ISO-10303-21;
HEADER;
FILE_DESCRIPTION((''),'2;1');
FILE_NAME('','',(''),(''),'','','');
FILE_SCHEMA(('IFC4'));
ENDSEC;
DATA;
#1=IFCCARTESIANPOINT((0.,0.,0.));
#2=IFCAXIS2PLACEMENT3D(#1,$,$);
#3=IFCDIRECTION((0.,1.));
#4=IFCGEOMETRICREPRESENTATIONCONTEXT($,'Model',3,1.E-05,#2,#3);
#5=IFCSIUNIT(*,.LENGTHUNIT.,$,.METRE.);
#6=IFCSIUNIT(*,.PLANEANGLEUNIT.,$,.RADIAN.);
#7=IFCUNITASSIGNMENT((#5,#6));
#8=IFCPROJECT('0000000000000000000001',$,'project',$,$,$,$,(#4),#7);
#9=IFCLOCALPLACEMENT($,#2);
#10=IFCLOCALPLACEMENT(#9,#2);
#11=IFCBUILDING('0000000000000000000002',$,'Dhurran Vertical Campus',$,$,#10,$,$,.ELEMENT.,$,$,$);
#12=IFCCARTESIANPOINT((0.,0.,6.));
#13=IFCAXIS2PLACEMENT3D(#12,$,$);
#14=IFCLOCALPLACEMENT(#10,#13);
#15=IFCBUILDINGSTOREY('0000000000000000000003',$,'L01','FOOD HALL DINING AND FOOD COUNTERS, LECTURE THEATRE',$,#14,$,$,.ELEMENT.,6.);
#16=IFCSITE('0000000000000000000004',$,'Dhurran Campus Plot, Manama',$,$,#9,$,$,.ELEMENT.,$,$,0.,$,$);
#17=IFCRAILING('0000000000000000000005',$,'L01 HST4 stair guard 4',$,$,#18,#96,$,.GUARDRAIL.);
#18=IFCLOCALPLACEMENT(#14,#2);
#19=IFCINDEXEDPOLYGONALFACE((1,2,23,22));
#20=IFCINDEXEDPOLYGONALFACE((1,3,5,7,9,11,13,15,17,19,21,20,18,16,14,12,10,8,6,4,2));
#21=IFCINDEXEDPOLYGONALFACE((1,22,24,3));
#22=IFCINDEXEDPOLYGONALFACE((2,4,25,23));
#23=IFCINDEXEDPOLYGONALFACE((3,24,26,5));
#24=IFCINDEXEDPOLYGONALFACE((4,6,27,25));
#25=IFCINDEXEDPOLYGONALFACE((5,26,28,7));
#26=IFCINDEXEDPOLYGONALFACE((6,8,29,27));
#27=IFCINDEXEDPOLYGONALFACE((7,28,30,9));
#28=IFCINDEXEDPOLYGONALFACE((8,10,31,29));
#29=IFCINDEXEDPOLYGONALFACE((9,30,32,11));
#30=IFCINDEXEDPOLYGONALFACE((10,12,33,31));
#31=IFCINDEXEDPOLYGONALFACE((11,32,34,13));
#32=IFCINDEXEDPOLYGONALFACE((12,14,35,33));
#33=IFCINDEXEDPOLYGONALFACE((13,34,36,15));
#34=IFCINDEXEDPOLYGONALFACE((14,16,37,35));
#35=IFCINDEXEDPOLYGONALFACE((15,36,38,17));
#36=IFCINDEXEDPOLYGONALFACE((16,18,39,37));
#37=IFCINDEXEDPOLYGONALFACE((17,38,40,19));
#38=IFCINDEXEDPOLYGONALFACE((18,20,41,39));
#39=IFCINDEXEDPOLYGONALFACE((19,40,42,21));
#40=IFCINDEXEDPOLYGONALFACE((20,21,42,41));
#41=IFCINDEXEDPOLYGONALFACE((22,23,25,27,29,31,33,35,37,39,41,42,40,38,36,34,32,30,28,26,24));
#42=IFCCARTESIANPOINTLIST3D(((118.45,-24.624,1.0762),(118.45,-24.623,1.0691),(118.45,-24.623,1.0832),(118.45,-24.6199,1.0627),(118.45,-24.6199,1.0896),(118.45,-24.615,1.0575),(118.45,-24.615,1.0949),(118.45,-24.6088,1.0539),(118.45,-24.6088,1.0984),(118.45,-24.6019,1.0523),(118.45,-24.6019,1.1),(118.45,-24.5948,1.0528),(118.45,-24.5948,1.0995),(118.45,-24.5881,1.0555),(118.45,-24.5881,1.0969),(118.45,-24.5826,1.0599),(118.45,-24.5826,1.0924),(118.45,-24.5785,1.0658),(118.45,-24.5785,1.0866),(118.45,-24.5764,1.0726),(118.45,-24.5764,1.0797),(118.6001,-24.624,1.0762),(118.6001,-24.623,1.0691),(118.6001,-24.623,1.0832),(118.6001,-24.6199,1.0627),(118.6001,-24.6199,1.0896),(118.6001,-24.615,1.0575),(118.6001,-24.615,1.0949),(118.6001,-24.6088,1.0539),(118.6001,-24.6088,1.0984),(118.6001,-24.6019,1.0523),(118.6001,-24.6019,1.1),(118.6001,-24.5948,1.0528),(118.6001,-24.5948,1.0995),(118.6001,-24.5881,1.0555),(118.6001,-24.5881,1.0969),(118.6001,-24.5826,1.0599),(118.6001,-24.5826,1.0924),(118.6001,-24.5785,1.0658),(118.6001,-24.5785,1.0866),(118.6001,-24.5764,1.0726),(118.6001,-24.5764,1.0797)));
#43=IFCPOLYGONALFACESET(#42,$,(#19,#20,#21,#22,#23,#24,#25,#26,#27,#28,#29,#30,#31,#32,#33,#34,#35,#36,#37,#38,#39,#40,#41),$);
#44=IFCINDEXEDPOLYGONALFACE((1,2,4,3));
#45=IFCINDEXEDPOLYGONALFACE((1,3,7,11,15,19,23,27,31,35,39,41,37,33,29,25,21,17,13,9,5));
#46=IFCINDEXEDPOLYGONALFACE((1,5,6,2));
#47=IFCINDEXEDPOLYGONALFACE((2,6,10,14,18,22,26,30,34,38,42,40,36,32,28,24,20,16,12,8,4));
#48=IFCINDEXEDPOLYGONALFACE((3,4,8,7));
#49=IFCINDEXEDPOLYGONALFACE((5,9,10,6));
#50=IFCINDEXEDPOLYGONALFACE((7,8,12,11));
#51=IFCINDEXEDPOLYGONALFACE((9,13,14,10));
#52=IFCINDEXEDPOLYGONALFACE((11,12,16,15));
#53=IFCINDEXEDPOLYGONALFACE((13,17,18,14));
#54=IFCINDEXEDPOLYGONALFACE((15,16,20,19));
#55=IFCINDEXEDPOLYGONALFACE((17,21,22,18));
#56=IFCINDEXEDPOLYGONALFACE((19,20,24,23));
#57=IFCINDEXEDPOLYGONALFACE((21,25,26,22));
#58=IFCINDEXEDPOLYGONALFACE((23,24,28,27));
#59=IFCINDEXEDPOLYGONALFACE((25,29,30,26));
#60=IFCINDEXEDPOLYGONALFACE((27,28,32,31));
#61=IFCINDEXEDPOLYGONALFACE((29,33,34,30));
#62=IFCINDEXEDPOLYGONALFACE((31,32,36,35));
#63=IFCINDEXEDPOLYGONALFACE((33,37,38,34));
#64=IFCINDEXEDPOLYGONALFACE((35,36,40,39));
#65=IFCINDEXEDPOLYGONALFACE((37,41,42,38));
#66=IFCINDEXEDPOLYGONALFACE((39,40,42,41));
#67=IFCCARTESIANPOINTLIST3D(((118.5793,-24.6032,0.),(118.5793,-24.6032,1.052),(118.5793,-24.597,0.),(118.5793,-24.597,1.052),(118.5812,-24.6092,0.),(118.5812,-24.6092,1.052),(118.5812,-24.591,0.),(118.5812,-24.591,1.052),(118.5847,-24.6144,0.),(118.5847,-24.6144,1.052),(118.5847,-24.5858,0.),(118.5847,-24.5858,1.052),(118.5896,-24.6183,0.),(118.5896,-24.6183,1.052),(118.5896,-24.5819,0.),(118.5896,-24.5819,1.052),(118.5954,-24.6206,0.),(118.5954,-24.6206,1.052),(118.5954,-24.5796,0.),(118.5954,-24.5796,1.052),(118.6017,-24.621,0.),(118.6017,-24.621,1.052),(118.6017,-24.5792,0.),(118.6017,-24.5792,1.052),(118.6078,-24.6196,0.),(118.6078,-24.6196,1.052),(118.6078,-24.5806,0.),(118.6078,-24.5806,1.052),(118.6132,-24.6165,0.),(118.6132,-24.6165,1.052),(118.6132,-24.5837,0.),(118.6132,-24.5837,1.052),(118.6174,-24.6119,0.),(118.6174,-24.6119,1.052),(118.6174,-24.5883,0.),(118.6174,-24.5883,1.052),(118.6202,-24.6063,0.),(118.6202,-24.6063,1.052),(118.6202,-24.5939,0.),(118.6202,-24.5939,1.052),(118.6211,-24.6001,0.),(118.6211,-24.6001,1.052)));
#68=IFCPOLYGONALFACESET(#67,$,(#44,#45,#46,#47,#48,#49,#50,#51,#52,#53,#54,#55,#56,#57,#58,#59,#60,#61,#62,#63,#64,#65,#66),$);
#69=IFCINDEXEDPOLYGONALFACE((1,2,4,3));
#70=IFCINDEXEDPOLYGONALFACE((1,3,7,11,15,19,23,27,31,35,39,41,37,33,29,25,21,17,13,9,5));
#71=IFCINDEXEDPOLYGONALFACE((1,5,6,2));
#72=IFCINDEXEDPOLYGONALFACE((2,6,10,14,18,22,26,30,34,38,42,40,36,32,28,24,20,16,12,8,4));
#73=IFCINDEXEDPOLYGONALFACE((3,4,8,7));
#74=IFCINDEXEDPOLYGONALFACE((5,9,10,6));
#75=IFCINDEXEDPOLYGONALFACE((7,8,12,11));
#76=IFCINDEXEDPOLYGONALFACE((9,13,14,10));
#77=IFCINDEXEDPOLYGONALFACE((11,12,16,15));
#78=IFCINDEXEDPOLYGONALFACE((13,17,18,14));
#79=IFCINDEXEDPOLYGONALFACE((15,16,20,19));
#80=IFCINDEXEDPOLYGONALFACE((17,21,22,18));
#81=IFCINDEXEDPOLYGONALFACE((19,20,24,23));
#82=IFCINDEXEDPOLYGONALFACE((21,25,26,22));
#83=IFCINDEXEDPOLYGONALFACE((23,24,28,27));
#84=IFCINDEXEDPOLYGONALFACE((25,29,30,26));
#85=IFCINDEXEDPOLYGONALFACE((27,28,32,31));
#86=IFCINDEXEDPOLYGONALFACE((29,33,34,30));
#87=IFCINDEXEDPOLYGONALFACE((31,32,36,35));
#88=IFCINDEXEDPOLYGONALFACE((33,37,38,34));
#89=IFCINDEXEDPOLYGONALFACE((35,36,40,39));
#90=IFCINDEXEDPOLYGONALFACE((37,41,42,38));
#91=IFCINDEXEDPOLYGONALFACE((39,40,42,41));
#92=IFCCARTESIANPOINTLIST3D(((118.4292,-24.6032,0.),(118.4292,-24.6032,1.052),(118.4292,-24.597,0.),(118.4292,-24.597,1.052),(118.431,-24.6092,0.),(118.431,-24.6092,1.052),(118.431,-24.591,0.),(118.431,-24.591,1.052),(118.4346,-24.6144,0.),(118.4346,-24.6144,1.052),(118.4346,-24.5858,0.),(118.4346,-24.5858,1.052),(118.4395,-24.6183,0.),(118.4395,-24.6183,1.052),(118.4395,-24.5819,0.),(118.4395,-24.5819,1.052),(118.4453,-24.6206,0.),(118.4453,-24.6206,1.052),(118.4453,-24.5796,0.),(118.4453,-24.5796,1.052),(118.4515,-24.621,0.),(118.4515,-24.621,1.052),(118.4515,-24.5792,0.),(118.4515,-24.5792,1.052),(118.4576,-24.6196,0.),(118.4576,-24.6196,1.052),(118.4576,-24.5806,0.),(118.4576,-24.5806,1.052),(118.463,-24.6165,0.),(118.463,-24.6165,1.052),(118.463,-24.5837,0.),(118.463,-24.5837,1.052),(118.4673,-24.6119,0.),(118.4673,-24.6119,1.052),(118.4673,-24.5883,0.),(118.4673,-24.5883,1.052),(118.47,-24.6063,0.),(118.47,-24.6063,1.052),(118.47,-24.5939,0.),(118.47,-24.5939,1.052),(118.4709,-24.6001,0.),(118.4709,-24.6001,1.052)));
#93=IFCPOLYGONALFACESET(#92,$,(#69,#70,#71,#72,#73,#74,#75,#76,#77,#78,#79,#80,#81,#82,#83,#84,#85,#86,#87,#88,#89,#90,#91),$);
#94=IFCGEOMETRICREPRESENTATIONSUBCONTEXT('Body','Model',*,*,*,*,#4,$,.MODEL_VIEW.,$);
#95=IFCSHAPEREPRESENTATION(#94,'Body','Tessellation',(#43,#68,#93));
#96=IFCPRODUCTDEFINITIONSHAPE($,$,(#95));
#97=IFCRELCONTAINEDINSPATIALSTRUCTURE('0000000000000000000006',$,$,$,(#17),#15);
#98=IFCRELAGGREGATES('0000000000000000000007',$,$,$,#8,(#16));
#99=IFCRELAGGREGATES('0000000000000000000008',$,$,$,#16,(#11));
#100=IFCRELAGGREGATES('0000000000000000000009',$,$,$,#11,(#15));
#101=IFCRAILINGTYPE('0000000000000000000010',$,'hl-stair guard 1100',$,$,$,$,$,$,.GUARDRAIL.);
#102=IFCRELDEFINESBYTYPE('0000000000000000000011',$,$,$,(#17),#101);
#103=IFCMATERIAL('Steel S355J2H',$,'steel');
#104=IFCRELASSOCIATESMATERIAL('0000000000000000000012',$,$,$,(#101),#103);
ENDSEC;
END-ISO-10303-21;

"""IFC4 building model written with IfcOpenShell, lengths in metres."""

from ifc_helpers import new_model, si_unit, direction, frame, origin, origin_2d, place, context, subcontext, project, spatial, circle, extrude, material, type_object, element, save


model = new_model("IFC4")

# Units and contexts
model_context = context("Model", 3, precision=1e-05, world=origin(), true_north=direction((0.0, 1.0)))
body_context = subcontext(model_context, "Body", "Model", "MODEL_VIEW")
ifc_project = project(units=[si_unit("LENGTHUNIT", "METRE"), si_unit("PLANEANGLEUNIT", "RADIAN")], contexts=[model_context])

# Site, building, storey
site_placement = place(None, origin())
site = spatial("IfcSite", under=ifc_project, at=site_placement, Name="Dhurran Campus Plot, Manama", CompositionType="ELEMENT", RefElevation=0.0)
building_placement = place(site_placement, origin())
building = spatial("IfcBuilding", under=site, at=building_placement, Name="Dhurran Vertical Campus", CompositionType="ELEMENT")
storey_placement = place(building_placement, frame((0.0, 0.0, 6.0)))
storey = spatial("IfcBuildingStorey", under=building, at=storey_placement, Name="L01", Description="FOOD HALL DINING AND FOOD COUNTERS, LECTURE THEATRE", CompositionType="ELEMENT", Elevation=6.0)

# Railing
ifc_material_1 = material(Name="Steel S355J2H", Category="steel")
railing_type_1 = type_object("IfcRailingType", Name="hl-stair guard 1100", PredefinedType="GUARDRAIL", material=ifc_material_1)
railing_1_placement = place(storey_placement, frame((118.6001, -24.6001, 0.0)))
element("IfcRailing", 1, at=railing_1_placement, inside=storey, type_object=railing_type_1, Name="L01 HST4 stair guard 4", PredefinedType="GUARDRAIL", context=body_context, shape_type="SweptSolid", body=[
    extrude(circle(Radius=0.0239, at=origin_2d()), frame((0.0, 0.0, 1.0762), z_axis=(-1.0, 0.0, 0.0), x_axis=(0.0, -1.0, 0.0)), (0.0, 0.0, 1.0), 0.1501),
    extrude(circle(Radius=0.021, at=origin_2d()), origin(), (0.0, 0.0, 1.0), 1.052),
    extrude(circle(Radius=0.021, at=origin_2d()), frame((-0.1501, 0.0, 0.0)), (0.0, 0.0, 1.0), 1.052),
])

save(model, "model.ifc")
